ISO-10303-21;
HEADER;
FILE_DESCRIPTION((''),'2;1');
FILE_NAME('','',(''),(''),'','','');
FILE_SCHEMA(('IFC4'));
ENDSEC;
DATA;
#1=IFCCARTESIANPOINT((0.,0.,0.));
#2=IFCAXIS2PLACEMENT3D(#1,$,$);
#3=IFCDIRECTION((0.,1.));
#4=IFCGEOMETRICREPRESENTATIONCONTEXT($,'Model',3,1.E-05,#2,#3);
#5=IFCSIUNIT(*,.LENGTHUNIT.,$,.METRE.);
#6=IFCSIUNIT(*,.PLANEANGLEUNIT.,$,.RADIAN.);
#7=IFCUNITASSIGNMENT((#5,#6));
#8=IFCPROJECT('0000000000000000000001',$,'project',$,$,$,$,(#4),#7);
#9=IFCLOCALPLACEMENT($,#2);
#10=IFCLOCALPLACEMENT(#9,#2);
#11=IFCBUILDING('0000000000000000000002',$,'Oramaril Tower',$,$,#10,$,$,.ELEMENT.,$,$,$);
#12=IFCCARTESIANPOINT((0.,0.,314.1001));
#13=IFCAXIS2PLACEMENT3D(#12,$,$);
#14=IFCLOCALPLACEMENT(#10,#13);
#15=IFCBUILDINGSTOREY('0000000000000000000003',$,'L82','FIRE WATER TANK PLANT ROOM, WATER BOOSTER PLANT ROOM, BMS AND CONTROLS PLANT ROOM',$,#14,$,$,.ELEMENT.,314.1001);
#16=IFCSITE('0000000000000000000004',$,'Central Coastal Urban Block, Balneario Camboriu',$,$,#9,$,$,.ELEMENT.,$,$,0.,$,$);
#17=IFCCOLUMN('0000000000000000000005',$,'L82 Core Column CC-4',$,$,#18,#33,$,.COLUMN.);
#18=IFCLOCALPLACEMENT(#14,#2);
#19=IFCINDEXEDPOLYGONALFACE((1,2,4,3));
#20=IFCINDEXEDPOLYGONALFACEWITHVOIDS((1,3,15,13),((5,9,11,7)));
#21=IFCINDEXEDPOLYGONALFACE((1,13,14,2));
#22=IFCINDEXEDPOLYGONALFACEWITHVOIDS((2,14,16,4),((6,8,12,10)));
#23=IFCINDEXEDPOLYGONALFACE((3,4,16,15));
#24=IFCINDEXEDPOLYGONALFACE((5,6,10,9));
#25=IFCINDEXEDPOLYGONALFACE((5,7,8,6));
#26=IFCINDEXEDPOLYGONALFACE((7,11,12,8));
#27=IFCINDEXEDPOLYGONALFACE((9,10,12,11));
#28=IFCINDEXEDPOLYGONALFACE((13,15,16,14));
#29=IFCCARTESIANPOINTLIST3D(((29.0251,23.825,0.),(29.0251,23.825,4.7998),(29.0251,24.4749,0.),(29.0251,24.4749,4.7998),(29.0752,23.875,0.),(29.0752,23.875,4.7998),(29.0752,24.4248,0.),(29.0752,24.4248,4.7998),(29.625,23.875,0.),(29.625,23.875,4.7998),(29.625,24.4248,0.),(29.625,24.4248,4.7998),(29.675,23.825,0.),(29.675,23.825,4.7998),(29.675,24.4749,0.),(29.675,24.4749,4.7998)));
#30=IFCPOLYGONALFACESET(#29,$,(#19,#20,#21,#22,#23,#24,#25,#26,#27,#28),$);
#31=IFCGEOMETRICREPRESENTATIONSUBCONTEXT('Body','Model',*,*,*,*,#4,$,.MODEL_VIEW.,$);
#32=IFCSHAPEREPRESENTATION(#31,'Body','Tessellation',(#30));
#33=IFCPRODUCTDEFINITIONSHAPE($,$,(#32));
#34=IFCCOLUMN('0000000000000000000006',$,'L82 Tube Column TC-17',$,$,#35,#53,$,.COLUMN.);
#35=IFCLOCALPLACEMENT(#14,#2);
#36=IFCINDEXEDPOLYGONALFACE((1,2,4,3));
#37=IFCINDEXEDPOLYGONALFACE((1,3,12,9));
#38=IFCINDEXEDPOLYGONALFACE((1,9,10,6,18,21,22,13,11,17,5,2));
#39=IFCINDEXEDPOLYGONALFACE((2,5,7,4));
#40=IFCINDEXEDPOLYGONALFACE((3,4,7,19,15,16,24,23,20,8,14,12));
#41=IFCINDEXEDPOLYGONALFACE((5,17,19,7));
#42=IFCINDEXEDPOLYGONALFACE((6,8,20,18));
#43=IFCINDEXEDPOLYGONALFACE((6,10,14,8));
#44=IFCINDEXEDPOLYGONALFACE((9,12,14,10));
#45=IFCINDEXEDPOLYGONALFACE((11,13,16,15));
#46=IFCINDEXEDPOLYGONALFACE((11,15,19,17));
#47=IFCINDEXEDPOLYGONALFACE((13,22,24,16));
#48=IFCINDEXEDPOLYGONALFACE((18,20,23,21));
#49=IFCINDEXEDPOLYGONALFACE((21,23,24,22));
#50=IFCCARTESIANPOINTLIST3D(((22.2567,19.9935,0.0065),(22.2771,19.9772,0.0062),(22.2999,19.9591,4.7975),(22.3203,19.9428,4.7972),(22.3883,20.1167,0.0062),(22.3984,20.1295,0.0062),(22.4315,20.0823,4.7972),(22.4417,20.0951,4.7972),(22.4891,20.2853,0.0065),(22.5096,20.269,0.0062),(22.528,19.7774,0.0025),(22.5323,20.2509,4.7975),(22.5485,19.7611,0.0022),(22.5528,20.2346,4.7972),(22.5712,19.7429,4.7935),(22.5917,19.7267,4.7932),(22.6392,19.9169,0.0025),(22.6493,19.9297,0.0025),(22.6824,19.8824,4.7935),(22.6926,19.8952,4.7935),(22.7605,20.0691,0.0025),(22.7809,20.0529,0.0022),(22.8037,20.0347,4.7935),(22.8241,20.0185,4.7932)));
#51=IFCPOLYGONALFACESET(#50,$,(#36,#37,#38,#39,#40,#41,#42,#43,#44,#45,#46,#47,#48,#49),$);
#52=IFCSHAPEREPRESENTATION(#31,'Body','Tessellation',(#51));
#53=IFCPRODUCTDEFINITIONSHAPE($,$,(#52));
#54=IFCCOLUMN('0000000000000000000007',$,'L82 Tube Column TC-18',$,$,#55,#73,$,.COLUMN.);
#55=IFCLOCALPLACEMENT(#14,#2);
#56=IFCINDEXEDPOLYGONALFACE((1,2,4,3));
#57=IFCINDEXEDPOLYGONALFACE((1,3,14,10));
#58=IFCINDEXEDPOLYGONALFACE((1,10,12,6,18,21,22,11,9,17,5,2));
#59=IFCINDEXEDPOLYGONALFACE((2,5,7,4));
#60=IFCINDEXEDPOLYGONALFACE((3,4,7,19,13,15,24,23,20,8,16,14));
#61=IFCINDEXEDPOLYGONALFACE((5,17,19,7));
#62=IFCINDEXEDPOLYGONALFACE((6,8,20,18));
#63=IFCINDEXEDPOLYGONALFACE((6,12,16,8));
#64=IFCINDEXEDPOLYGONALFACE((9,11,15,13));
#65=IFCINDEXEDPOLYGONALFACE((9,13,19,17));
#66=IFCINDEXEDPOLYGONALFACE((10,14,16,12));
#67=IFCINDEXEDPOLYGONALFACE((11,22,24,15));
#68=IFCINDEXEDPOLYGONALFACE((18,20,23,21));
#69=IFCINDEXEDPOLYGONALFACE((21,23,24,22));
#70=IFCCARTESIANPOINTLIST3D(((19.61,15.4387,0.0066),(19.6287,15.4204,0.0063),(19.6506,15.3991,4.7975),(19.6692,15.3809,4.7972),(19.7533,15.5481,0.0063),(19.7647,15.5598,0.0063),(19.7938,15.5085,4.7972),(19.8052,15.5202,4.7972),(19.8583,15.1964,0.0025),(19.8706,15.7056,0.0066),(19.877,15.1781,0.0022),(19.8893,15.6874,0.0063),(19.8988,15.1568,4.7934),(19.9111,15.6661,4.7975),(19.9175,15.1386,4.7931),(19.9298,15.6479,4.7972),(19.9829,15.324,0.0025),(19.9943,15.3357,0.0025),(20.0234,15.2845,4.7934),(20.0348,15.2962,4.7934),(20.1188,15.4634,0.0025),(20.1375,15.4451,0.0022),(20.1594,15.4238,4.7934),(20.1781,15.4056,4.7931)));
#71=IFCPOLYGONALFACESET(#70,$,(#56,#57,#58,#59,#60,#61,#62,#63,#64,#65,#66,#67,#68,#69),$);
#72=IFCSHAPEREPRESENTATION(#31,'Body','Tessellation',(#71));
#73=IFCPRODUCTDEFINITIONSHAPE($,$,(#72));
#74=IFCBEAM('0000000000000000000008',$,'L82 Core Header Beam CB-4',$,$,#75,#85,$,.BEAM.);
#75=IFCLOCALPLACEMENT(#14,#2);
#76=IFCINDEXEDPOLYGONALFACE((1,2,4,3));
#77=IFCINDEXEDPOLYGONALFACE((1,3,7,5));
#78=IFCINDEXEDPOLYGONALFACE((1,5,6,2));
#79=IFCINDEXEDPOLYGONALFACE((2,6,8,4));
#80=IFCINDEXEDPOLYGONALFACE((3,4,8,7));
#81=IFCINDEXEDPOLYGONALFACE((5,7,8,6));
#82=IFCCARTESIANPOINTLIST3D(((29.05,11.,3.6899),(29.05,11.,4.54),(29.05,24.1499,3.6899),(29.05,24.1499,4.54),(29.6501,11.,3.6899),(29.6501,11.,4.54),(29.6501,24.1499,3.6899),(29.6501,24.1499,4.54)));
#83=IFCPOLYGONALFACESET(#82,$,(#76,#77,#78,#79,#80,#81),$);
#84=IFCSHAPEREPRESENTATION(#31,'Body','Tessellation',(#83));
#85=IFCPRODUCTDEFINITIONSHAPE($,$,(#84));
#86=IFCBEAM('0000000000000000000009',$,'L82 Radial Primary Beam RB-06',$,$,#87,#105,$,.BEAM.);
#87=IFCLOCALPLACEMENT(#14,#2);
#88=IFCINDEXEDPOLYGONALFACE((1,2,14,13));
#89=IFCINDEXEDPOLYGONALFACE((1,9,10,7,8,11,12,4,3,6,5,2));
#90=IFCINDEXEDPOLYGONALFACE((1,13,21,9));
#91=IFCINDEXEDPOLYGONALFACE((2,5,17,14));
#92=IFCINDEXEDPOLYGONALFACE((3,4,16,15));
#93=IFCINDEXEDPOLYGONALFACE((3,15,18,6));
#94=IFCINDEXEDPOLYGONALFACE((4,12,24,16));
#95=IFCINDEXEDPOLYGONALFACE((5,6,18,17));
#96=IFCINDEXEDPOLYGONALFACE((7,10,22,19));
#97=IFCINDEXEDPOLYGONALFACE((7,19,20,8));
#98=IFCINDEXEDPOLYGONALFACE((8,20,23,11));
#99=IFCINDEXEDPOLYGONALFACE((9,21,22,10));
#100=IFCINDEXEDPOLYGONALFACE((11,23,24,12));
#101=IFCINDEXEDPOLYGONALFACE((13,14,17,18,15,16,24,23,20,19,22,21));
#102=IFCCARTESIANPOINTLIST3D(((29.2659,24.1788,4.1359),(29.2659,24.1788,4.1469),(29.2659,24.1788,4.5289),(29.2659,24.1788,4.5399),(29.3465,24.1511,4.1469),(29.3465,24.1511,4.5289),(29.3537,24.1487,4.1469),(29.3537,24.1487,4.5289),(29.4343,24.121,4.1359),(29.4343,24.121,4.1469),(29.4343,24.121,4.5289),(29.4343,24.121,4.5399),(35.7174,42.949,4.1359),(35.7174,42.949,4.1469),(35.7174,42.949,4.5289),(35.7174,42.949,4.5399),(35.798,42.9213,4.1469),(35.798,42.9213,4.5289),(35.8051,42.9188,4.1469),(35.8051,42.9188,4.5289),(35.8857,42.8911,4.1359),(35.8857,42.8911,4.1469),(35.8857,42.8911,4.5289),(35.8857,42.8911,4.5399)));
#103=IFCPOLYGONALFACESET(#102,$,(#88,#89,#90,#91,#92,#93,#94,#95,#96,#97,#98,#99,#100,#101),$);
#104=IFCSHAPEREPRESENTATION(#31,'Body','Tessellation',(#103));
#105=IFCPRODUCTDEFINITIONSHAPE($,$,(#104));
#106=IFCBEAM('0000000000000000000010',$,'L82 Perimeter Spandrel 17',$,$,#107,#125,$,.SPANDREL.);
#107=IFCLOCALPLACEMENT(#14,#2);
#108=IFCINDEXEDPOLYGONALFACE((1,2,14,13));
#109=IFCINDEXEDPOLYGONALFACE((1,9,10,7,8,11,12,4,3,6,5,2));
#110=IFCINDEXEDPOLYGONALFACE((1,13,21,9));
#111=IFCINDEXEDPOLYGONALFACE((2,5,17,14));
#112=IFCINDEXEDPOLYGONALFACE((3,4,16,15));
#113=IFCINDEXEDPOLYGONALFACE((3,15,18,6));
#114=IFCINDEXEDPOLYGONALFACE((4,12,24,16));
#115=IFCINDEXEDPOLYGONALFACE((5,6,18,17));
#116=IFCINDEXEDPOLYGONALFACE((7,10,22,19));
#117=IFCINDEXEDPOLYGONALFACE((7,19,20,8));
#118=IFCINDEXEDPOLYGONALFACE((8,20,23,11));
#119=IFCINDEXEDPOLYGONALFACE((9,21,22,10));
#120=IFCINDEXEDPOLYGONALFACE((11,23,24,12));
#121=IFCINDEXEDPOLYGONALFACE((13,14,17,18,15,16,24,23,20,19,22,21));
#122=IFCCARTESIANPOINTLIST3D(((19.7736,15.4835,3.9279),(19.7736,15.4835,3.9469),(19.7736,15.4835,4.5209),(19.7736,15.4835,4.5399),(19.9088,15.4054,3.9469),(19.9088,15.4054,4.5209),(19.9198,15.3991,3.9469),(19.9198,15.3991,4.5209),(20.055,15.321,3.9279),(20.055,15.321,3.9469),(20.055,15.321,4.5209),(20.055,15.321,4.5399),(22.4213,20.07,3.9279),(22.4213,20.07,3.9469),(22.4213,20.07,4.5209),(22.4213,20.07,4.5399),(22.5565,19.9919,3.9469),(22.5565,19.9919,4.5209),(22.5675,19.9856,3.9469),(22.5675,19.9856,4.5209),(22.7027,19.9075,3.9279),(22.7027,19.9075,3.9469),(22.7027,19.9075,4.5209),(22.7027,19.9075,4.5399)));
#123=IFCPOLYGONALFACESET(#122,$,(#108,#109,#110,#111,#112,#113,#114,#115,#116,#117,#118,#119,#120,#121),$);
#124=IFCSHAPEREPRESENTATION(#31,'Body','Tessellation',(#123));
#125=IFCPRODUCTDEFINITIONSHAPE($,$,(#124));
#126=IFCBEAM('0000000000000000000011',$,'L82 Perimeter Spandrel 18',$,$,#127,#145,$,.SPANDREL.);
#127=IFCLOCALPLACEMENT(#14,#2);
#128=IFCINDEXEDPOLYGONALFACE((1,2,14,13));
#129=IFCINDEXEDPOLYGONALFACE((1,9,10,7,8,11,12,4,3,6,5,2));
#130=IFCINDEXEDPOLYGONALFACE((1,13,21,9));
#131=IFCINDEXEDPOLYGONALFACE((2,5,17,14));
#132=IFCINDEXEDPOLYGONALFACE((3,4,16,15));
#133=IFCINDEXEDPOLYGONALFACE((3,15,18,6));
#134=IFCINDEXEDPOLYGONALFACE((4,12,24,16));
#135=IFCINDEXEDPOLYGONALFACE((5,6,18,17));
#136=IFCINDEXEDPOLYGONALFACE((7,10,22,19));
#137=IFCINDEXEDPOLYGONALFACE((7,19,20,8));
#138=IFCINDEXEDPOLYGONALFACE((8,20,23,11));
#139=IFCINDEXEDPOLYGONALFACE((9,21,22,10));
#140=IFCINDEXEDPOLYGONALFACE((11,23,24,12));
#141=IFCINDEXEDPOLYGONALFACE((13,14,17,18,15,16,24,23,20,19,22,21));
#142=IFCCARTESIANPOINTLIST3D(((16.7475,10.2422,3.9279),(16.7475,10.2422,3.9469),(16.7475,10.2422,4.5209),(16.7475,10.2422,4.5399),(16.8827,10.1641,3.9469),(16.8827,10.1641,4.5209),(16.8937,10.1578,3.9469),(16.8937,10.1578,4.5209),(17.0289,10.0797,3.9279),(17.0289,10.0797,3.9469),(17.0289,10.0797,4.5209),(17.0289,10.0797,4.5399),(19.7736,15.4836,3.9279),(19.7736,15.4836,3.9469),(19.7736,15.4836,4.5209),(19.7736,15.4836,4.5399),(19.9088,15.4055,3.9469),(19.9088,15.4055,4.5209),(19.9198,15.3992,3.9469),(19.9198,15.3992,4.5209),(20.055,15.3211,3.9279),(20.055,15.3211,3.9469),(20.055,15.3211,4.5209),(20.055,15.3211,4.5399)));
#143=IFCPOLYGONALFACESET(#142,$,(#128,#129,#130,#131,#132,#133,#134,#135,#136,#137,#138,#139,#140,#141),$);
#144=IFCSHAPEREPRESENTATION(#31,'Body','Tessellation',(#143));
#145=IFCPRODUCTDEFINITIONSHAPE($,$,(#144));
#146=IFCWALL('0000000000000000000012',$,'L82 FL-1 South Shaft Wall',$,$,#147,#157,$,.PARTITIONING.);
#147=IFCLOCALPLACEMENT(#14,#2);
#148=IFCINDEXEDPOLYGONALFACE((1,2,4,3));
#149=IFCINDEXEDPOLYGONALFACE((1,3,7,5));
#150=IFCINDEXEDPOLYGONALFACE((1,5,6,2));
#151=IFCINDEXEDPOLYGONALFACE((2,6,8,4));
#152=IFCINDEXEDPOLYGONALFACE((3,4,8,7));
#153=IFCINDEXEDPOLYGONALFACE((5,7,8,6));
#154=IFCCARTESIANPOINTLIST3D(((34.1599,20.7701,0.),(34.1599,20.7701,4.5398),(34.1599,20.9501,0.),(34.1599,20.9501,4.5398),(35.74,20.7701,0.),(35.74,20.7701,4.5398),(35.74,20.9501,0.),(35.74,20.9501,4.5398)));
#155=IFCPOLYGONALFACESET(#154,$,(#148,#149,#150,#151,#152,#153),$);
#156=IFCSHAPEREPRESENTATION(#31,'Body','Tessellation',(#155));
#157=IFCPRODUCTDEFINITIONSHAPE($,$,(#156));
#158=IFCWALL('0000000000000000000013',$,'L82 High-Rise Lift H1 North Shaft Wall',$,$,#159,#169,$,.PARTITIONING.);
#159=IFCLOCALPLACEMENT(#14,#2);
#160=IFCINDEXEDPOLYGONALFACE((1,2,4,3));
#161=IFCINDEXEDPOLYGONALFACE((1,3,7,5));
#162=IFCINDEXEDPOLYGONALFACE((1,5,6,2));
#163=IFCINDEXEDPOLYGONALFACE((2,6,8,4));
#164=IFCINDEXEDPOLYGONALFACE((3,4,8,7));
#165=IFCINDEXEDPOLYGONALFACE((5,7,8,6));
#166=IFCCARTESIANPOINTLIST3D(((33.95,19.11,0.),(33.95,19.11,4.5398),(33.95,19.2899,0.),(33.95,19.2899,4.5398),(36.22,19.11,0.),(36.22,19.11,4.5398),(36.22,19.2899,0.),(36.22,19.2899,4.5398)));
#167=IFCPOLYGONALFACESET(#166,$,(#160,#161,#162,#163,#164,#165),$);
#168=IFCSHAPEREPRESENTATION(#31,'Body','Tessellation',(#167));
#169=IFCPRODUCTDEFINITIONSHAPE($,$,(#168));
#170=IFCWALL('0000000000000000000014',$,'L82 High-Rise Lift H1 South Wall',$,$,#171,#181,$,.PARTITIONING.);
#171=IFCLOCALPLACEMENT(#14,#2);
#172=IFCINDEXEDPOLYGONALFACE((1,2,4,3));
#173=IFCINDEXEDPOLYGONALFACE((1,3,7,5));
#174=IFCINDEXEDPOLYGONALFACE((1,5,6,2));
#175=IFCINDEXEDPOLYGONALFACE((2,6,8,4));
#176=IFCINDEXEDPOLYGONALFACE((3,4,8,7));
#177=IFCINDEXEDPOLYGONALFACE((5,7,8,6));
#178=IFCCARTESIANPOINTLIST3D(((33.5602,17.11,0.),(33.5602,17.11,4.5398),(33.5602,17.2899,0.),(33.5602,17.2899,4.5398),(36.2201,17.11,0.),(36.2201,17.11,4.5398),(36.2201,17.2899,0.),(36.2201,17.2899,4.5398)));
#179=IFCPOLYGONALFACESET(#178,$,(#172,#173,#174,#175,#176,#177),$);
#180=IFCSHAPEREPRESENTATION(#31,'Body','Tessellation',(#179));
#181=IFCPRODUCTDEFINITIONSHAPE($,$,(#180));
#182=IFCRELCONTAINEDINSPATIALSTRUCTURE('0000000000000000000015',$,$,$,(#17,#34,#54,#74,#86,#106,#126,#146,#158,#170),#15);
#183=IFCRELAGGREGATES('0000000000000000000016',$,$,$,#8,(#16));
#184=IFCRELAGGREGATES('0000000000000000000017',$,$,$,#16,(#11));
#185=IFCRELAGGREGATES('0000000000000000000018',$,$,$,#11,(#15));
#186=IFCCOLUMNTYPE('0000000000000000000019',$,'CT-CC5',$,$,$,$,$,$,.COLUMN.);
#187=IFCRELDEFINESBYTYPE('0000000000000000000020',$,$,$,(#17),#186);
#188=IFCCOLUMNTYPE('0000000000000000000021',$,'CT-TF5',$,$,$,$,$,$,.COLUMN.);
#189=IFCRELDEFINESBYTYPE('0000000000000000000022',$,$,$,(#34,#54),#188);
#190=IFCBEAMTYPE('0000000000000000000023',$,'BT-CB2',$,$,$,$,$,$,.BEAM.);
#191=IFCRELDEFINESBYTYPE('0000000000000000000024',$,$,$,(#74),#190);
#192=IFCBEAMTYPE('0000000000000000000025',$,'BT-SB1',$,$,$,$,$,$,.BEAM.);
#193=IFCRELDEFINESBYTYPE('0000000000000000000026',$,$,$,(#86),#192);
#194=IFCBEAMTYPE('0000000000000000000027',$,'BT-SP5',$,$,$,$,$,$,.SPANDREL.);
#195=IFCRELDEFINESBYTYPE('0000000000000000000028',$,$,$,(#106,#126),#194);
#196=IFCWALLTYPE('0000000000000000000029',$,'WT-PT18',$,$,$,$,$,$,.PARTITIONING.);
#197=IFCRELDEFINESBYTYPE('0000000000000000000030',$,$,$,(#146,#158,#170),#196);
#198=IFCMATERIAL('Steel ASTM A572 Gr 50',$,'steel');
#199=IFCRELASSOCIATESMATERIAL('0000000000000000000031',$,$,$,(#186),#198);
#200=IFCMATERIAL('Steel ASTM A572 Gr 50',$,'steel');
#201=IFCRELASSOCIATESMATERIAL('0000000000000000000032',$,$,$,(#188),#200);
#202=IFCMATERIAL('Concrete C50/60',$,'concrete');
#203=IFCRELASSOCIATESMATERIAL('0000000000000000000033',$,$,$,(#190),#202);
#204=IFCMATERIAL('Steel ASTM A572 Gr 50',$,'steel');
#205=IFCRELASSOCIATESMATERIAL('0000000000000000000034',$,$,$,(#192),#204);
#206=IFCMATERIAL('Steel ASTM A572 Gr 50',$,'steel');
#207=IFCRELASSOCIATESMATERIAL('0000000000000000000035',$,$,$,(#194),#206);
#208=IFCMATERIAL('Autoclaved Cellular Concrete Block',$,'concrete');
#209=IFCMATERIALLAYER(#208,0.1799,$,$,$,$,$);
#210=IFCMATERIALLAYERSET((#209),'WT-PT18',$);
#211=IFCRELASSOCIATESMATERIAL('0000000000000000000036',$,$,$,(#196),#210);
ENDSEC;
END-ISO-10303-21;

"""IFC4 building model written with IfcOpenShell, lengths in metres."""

from ifc_helpers import new_model, si_unit, direction, frame, frame_2d, origin, origin_2d, place, context, subcontext, project, spatial, rectangle, hollow_rectangle, i_section, extrude, material, layer, layer_set, material_profile, profile_set, type_object, element, save


model = new_model("IFC4")

# Units and contexts
model_context = context("Model", 3, precision=1e-05, world=origin(), true_north=direction((0.0, 1.0)))
body_context = subcontext(model_context, "Body", "Model", "MODEL_VIEW")
ifc_project = project(units=[si_unit("LENGTHUNIT", "METRE"), si_unit("PLANEANGLEUNIT", "RADIAN")], contexts=[model_context])

# Site, building, storey
site_placement = place(None, origin())
site = spatial("IfcSite", under=ifc_project, at=site_placement, Name="Central Coastal Urban Block, Balneario Camboriu", CompositionType="ELEMENT", RefElevation=0.0)
building_placement = place(site_placement, origin())
building = spatial("IfcBuilding", under=site, at=building_placement, Name="Oramaril Tower", CompositionType="ELEMENT")
storey_placement = place(building_placement, frame((0.0, 0.0, 314.1001)))
storey = spatial("IfcBuildingStorey", under=building, at=storey_placement, Name="L82", Description="FIRE WATER TANK PLANT ROOM, WATER BOOSTER PLANT ROOM, BMS AND CONTROLS PLANT ROOM", CompositionType="ELEMENT", Elevation=314.1001)

# Columns
ifc_material_1 = material(Name="Steel ASTM A572 Gr 50", Category="steel")
ifc_material_profile_1 = material_profile(ifc_material_1, hollow_rectangle(XDim=0.6499, YDim=0.6499, WallThickness=0.05, at=origin_2d()), Name="BOX650X650X50")
ifc_profile_set_1 = profile_set([ifc_material_profile_1], Name="Steel ASTM A572 Gr 50")
column_type_1 = type_object("IfcColumnType", Name="CT-CC5", PredefinedType="COLUMN", material=ifc_profile_set_1)
column_placement = place(storey_placement, frame((29.3501, 24.1499, 0.0), z_axis=(0.0, 0.0, 1.0), x_axis=(1.0, 0.0, 0.0)))
element("IfcColumn", 1, at=column_placement, inside=storey, type_object=column_type_1, Name="L82 Core Column CC-4", PredefinedType="COLUMN", context=body_context, shape_type="SweptSolid", body=[
    extrude(hollow_rectangle(XDim=0.6499, YDim=0.6499, WallThickness=0.05, at=origin_2d()), origin(), (0.0, 0.0, 1.0), 4.7998),
])
ifc_material_2 = material(Name="Steel ASTM A572 Gr 50", Category="steel")
ifc_material_profile_2 = material_profile(ifc_material_2, i_section(OverallWidth=0.373, OverallDepth=0.373, WebThickness=0.0164, FlangeThickness=0.0261, at=origin_2d()), Name="W14X132")
ifc_profile_set_2 = profile_set([ifc_material_profile_2], Name="Steel ASTM A572 Gr 50")
column_type_2 = type_object("IfcColumnType", Name="CT-TF5", PredefinedType="COLUMN", material=ifc_profile_set_2)
for number, where, z_axis, x_axis, name in (
    (2, (22.5188, 20.0232, 0.0044), (0.009019, -0.007185, 0.999934), (0.623077, 0.78216, 0.0), "L82 Tube Column TC-17"),
    (3, (19.8738, 15.4419, 0.0044), (0.008458, -0.008255, 0.99993), (0.698432, 0.715677, 0.0), "L82 Tube Column TC-18"),
):
    element("IfcColumn", number, at=place(storey_placement, frame(where, z_axis=z_axis, x_axis=x_axis)), inside=storey, type_object=column_type_2, Name=name, PredefinedType="COLUMN", context=body_context, shape_type="SweptSolid", body=[
        extrude(i_section(OverallWidth=0.373, OverallDepth=0.373, WebThickness=0.0164, FlangeThickness=0.0261, at=origin_2d()), origin(), (0.0, 0.0, 1.0), 4.7913),
    ])

# Beams
ifc_material_3 = material(Name="Concrete C50/60", Category="concrete")
ifc_material_profile_3 = material_profile(ifc_material_3, rectangle(XDim=0.6001, YDim=0.8501, at=origin_2d()), Name="CB600X850")
ifc_profile_set_3 = profile_set([ifc_material_profile_3], Name="Concrete C50/60")
beam_type_1 = type_object("IfcBeamType", Name="BT-CB2", PredefinedType="BEAM", material=ifc_profile_set_3)
beam_1_placement = place(storey_placement, frame((29.3501, 24.1499, 4.115), z_axis=(0.0, -1.0, 0.0), x_axis=(1.0, 0.0, 0.0)))
element("IfcBeam", 4, at=beam_1_placement, inside=storey, type_object=beam_type_1, Name="L82 Core Header Beam CB-4", PredefinedType="BEAM", context=body_context, shape_type="SweptSolid", body=[
    extrude(rectangle(XDim=0.6001, YDim=0.8501, at=origin_2d()), origin(), (0.0, 0.0, 1.0), 13.1499),
])
ifc_material_4 = material(Name="Steel ASTM A572 Gr 50", Category="steel")
ifc_material_profile_4 = material_profile(ifc_material_4, i_section(OverallWidth=0.178, OverallDepth=0.4041, WebThickness=0.0076, FlangeThickness=0.011, at=origin_2d()), Name="W16X36")
ifc_profile_set_4 = profile_set([ifc_material_profile_4], Name="Steel ASTM A572 Gr 50")
beam_type_2 = type_object("IfcBeamType", Name="BT-SB1", PredefinedType="BEAM", material=ifc_profile_set_4)
beam_2_placement = place(storey_placement, frame((29.3501, 24.1499, 4.3379), z_axis=(0.325045, 0.945699, 0.0), x_axis=(-0.945699, 0.325045, 0.0)))
element("IfcBeam", 5, at=beam_2_placement, inside=storey, type_object=beam_type_2, Name="L82 Radial Primary Beam RB-06", PredefinedType="BEAM", context=body_context, shape_type="SweptSolid", body=[
    extrude(i_section(OverallWidth=0.178, OverallDepth=0.4041, WebThickness=0.0076, FlangeThickness=0.011, at=origin_2d()), origin(), (0.0, 0.0, 1.0), 19.8479),
])
ifc_material_5 = material(Name="Steel ASTM A572 Gr 50", Category="steel")
ifc_material_profile_5 = material_profile(ifc_material_5, i_section(OverallWidth=0.325, OverallDepth=0.6121, WebThickness=0.0127, FlangeThickness=0.019, at=origin_2d()), Name="W24X104")
ifc_profile_set_5 = profile_set([ifc_material_profile_5], Name="Steel ASTM A572 Gr 50")
beam_type_3 = type_object("IfcBeamType", Name="BT-SP5", PredefinedType="SPANDREL", material=ifc_profile_set_5)
beam_3_placement = place(storey_placement, frame((22.562, 19.9888, 4.2339), z_axis=(-0.499962, -0.866047, 0.0), x_axis=(0.866047, -0.499962, 0.0)))
element("IfcBeam", 6, at=beam_3_placement, inside=storey, type_object=beam_type_3, Name="L82 Perimeter Spandrel 17", PredefinedType="SPANDREL", context=body_context, shape_type="SweptSolid", body=[
    extrude(i_section(OverallWidth=0.325, OverallDepth=0.6121, WebThickness=0.0127, FlangeThickness=0.019, at=origin_2d()), origin(), (0.0, 0.0, 1.0), 5.2959),
])
beam_4_placement = place(storey_placement, frame((19.9143, 15.4023, 4.2339), z_axis=(-0.499996, -0.866028, 0.0), x_axis=(0.866028, -0.499996, 0.0)))
element("IfcBeam", 7, at=beam_4_placement, inside=storey, type_object=beam_type_3, Name="L82 Perimeter Spandrel 18", PredefinedType="SPANDREL", context=body_context, shape_type="SweptSolid", body=[
    extrude(i_section(OverallWidth=0.325, OverallDepth=0.6121, WebThickness=0.0127, FlangeThickness=0.019, at=origin_2d()), origin(), (0.0, 0.0, 1.0), 6.0522),
])

# Walls
ifc_material_6 = material(Name="Autoclaved Cellular Concrete Block", Category="concrete")
ifc_layer_1 = layer(ifc_material_6, 0.1799)
ifc_layer_set_1 = layer_set([ifc_layer_1], Name="WT-PT18")
wall_type_1 = type_object("IfcWallType", Name="WT-PT18", PredefinedType="PARTITIONING", material=ifc_layer_set_1)
wall_1_placement = place(storey_placement, frame((34.1599, 20.8601, 0.0), z_axis=(0.0, 0.0, 1.0), x_axis=(1.0, 0.0, 0.0)))
element("IfcWall", 8, at=wall_1_placement, inside=storey, type_object=wall_type_1, Name="L82 FL-1 South Shaft Wall", PredefinedType="PARTITIONING", context=body_context, shape_type="SweptSolid", body=[
    extrude(rectangle(XDim=1.5801, YDim=0.1799, at=frame_2d((0.79, 0.0))), origin(), (0.0, 0.0, 1.0), 4.5398),
])
wall_2_placement = place(storey_placement, frame((33.95, 19.2, 0.0), z_axis=(0.0, 0.0, 1.0), x_axis=(1.0, 0.0, 0.0)))
element("IfcWall", 9, at=wall_2_placement, inside=storey, type_object=wall_type_1, Name="L82 High-Rise Lift H1 North Shaft Wall", PredefinedType="PARTITIONING", context=body_context, shape_type="SweptSolid", body=[
    extrude(rectangle(XDim=2.27, YDim=0.1799, at=frame_2d((1.135, 0.0))), origin(), (0.0, 0.0, 1.0), 4.5398),
])
wall_3_placement = place(storey_placement, frame((33.5601, 17.2, 0.0), z_axis=(0.0, 0.0, 1.0), x_axis=(1.0, 0.0, 0.0)))
element("IfcWall", 10, at=wall_3_placement, inside=storey, type_object=wall_type_1, Name="L82 High-Rise Lift H1 South Wall", PredefinedType="PARTITIONING", context=body_context, shape_type="SweptSolid", body=[
    extrude(rectangle(XDim=2.6599, YDim=0.1799, at=frame_2d((1.3301, 0.0))), origin(), (0.0, 0.0, 1.0), 4.5398),
])

save(model, "model.ifc")
